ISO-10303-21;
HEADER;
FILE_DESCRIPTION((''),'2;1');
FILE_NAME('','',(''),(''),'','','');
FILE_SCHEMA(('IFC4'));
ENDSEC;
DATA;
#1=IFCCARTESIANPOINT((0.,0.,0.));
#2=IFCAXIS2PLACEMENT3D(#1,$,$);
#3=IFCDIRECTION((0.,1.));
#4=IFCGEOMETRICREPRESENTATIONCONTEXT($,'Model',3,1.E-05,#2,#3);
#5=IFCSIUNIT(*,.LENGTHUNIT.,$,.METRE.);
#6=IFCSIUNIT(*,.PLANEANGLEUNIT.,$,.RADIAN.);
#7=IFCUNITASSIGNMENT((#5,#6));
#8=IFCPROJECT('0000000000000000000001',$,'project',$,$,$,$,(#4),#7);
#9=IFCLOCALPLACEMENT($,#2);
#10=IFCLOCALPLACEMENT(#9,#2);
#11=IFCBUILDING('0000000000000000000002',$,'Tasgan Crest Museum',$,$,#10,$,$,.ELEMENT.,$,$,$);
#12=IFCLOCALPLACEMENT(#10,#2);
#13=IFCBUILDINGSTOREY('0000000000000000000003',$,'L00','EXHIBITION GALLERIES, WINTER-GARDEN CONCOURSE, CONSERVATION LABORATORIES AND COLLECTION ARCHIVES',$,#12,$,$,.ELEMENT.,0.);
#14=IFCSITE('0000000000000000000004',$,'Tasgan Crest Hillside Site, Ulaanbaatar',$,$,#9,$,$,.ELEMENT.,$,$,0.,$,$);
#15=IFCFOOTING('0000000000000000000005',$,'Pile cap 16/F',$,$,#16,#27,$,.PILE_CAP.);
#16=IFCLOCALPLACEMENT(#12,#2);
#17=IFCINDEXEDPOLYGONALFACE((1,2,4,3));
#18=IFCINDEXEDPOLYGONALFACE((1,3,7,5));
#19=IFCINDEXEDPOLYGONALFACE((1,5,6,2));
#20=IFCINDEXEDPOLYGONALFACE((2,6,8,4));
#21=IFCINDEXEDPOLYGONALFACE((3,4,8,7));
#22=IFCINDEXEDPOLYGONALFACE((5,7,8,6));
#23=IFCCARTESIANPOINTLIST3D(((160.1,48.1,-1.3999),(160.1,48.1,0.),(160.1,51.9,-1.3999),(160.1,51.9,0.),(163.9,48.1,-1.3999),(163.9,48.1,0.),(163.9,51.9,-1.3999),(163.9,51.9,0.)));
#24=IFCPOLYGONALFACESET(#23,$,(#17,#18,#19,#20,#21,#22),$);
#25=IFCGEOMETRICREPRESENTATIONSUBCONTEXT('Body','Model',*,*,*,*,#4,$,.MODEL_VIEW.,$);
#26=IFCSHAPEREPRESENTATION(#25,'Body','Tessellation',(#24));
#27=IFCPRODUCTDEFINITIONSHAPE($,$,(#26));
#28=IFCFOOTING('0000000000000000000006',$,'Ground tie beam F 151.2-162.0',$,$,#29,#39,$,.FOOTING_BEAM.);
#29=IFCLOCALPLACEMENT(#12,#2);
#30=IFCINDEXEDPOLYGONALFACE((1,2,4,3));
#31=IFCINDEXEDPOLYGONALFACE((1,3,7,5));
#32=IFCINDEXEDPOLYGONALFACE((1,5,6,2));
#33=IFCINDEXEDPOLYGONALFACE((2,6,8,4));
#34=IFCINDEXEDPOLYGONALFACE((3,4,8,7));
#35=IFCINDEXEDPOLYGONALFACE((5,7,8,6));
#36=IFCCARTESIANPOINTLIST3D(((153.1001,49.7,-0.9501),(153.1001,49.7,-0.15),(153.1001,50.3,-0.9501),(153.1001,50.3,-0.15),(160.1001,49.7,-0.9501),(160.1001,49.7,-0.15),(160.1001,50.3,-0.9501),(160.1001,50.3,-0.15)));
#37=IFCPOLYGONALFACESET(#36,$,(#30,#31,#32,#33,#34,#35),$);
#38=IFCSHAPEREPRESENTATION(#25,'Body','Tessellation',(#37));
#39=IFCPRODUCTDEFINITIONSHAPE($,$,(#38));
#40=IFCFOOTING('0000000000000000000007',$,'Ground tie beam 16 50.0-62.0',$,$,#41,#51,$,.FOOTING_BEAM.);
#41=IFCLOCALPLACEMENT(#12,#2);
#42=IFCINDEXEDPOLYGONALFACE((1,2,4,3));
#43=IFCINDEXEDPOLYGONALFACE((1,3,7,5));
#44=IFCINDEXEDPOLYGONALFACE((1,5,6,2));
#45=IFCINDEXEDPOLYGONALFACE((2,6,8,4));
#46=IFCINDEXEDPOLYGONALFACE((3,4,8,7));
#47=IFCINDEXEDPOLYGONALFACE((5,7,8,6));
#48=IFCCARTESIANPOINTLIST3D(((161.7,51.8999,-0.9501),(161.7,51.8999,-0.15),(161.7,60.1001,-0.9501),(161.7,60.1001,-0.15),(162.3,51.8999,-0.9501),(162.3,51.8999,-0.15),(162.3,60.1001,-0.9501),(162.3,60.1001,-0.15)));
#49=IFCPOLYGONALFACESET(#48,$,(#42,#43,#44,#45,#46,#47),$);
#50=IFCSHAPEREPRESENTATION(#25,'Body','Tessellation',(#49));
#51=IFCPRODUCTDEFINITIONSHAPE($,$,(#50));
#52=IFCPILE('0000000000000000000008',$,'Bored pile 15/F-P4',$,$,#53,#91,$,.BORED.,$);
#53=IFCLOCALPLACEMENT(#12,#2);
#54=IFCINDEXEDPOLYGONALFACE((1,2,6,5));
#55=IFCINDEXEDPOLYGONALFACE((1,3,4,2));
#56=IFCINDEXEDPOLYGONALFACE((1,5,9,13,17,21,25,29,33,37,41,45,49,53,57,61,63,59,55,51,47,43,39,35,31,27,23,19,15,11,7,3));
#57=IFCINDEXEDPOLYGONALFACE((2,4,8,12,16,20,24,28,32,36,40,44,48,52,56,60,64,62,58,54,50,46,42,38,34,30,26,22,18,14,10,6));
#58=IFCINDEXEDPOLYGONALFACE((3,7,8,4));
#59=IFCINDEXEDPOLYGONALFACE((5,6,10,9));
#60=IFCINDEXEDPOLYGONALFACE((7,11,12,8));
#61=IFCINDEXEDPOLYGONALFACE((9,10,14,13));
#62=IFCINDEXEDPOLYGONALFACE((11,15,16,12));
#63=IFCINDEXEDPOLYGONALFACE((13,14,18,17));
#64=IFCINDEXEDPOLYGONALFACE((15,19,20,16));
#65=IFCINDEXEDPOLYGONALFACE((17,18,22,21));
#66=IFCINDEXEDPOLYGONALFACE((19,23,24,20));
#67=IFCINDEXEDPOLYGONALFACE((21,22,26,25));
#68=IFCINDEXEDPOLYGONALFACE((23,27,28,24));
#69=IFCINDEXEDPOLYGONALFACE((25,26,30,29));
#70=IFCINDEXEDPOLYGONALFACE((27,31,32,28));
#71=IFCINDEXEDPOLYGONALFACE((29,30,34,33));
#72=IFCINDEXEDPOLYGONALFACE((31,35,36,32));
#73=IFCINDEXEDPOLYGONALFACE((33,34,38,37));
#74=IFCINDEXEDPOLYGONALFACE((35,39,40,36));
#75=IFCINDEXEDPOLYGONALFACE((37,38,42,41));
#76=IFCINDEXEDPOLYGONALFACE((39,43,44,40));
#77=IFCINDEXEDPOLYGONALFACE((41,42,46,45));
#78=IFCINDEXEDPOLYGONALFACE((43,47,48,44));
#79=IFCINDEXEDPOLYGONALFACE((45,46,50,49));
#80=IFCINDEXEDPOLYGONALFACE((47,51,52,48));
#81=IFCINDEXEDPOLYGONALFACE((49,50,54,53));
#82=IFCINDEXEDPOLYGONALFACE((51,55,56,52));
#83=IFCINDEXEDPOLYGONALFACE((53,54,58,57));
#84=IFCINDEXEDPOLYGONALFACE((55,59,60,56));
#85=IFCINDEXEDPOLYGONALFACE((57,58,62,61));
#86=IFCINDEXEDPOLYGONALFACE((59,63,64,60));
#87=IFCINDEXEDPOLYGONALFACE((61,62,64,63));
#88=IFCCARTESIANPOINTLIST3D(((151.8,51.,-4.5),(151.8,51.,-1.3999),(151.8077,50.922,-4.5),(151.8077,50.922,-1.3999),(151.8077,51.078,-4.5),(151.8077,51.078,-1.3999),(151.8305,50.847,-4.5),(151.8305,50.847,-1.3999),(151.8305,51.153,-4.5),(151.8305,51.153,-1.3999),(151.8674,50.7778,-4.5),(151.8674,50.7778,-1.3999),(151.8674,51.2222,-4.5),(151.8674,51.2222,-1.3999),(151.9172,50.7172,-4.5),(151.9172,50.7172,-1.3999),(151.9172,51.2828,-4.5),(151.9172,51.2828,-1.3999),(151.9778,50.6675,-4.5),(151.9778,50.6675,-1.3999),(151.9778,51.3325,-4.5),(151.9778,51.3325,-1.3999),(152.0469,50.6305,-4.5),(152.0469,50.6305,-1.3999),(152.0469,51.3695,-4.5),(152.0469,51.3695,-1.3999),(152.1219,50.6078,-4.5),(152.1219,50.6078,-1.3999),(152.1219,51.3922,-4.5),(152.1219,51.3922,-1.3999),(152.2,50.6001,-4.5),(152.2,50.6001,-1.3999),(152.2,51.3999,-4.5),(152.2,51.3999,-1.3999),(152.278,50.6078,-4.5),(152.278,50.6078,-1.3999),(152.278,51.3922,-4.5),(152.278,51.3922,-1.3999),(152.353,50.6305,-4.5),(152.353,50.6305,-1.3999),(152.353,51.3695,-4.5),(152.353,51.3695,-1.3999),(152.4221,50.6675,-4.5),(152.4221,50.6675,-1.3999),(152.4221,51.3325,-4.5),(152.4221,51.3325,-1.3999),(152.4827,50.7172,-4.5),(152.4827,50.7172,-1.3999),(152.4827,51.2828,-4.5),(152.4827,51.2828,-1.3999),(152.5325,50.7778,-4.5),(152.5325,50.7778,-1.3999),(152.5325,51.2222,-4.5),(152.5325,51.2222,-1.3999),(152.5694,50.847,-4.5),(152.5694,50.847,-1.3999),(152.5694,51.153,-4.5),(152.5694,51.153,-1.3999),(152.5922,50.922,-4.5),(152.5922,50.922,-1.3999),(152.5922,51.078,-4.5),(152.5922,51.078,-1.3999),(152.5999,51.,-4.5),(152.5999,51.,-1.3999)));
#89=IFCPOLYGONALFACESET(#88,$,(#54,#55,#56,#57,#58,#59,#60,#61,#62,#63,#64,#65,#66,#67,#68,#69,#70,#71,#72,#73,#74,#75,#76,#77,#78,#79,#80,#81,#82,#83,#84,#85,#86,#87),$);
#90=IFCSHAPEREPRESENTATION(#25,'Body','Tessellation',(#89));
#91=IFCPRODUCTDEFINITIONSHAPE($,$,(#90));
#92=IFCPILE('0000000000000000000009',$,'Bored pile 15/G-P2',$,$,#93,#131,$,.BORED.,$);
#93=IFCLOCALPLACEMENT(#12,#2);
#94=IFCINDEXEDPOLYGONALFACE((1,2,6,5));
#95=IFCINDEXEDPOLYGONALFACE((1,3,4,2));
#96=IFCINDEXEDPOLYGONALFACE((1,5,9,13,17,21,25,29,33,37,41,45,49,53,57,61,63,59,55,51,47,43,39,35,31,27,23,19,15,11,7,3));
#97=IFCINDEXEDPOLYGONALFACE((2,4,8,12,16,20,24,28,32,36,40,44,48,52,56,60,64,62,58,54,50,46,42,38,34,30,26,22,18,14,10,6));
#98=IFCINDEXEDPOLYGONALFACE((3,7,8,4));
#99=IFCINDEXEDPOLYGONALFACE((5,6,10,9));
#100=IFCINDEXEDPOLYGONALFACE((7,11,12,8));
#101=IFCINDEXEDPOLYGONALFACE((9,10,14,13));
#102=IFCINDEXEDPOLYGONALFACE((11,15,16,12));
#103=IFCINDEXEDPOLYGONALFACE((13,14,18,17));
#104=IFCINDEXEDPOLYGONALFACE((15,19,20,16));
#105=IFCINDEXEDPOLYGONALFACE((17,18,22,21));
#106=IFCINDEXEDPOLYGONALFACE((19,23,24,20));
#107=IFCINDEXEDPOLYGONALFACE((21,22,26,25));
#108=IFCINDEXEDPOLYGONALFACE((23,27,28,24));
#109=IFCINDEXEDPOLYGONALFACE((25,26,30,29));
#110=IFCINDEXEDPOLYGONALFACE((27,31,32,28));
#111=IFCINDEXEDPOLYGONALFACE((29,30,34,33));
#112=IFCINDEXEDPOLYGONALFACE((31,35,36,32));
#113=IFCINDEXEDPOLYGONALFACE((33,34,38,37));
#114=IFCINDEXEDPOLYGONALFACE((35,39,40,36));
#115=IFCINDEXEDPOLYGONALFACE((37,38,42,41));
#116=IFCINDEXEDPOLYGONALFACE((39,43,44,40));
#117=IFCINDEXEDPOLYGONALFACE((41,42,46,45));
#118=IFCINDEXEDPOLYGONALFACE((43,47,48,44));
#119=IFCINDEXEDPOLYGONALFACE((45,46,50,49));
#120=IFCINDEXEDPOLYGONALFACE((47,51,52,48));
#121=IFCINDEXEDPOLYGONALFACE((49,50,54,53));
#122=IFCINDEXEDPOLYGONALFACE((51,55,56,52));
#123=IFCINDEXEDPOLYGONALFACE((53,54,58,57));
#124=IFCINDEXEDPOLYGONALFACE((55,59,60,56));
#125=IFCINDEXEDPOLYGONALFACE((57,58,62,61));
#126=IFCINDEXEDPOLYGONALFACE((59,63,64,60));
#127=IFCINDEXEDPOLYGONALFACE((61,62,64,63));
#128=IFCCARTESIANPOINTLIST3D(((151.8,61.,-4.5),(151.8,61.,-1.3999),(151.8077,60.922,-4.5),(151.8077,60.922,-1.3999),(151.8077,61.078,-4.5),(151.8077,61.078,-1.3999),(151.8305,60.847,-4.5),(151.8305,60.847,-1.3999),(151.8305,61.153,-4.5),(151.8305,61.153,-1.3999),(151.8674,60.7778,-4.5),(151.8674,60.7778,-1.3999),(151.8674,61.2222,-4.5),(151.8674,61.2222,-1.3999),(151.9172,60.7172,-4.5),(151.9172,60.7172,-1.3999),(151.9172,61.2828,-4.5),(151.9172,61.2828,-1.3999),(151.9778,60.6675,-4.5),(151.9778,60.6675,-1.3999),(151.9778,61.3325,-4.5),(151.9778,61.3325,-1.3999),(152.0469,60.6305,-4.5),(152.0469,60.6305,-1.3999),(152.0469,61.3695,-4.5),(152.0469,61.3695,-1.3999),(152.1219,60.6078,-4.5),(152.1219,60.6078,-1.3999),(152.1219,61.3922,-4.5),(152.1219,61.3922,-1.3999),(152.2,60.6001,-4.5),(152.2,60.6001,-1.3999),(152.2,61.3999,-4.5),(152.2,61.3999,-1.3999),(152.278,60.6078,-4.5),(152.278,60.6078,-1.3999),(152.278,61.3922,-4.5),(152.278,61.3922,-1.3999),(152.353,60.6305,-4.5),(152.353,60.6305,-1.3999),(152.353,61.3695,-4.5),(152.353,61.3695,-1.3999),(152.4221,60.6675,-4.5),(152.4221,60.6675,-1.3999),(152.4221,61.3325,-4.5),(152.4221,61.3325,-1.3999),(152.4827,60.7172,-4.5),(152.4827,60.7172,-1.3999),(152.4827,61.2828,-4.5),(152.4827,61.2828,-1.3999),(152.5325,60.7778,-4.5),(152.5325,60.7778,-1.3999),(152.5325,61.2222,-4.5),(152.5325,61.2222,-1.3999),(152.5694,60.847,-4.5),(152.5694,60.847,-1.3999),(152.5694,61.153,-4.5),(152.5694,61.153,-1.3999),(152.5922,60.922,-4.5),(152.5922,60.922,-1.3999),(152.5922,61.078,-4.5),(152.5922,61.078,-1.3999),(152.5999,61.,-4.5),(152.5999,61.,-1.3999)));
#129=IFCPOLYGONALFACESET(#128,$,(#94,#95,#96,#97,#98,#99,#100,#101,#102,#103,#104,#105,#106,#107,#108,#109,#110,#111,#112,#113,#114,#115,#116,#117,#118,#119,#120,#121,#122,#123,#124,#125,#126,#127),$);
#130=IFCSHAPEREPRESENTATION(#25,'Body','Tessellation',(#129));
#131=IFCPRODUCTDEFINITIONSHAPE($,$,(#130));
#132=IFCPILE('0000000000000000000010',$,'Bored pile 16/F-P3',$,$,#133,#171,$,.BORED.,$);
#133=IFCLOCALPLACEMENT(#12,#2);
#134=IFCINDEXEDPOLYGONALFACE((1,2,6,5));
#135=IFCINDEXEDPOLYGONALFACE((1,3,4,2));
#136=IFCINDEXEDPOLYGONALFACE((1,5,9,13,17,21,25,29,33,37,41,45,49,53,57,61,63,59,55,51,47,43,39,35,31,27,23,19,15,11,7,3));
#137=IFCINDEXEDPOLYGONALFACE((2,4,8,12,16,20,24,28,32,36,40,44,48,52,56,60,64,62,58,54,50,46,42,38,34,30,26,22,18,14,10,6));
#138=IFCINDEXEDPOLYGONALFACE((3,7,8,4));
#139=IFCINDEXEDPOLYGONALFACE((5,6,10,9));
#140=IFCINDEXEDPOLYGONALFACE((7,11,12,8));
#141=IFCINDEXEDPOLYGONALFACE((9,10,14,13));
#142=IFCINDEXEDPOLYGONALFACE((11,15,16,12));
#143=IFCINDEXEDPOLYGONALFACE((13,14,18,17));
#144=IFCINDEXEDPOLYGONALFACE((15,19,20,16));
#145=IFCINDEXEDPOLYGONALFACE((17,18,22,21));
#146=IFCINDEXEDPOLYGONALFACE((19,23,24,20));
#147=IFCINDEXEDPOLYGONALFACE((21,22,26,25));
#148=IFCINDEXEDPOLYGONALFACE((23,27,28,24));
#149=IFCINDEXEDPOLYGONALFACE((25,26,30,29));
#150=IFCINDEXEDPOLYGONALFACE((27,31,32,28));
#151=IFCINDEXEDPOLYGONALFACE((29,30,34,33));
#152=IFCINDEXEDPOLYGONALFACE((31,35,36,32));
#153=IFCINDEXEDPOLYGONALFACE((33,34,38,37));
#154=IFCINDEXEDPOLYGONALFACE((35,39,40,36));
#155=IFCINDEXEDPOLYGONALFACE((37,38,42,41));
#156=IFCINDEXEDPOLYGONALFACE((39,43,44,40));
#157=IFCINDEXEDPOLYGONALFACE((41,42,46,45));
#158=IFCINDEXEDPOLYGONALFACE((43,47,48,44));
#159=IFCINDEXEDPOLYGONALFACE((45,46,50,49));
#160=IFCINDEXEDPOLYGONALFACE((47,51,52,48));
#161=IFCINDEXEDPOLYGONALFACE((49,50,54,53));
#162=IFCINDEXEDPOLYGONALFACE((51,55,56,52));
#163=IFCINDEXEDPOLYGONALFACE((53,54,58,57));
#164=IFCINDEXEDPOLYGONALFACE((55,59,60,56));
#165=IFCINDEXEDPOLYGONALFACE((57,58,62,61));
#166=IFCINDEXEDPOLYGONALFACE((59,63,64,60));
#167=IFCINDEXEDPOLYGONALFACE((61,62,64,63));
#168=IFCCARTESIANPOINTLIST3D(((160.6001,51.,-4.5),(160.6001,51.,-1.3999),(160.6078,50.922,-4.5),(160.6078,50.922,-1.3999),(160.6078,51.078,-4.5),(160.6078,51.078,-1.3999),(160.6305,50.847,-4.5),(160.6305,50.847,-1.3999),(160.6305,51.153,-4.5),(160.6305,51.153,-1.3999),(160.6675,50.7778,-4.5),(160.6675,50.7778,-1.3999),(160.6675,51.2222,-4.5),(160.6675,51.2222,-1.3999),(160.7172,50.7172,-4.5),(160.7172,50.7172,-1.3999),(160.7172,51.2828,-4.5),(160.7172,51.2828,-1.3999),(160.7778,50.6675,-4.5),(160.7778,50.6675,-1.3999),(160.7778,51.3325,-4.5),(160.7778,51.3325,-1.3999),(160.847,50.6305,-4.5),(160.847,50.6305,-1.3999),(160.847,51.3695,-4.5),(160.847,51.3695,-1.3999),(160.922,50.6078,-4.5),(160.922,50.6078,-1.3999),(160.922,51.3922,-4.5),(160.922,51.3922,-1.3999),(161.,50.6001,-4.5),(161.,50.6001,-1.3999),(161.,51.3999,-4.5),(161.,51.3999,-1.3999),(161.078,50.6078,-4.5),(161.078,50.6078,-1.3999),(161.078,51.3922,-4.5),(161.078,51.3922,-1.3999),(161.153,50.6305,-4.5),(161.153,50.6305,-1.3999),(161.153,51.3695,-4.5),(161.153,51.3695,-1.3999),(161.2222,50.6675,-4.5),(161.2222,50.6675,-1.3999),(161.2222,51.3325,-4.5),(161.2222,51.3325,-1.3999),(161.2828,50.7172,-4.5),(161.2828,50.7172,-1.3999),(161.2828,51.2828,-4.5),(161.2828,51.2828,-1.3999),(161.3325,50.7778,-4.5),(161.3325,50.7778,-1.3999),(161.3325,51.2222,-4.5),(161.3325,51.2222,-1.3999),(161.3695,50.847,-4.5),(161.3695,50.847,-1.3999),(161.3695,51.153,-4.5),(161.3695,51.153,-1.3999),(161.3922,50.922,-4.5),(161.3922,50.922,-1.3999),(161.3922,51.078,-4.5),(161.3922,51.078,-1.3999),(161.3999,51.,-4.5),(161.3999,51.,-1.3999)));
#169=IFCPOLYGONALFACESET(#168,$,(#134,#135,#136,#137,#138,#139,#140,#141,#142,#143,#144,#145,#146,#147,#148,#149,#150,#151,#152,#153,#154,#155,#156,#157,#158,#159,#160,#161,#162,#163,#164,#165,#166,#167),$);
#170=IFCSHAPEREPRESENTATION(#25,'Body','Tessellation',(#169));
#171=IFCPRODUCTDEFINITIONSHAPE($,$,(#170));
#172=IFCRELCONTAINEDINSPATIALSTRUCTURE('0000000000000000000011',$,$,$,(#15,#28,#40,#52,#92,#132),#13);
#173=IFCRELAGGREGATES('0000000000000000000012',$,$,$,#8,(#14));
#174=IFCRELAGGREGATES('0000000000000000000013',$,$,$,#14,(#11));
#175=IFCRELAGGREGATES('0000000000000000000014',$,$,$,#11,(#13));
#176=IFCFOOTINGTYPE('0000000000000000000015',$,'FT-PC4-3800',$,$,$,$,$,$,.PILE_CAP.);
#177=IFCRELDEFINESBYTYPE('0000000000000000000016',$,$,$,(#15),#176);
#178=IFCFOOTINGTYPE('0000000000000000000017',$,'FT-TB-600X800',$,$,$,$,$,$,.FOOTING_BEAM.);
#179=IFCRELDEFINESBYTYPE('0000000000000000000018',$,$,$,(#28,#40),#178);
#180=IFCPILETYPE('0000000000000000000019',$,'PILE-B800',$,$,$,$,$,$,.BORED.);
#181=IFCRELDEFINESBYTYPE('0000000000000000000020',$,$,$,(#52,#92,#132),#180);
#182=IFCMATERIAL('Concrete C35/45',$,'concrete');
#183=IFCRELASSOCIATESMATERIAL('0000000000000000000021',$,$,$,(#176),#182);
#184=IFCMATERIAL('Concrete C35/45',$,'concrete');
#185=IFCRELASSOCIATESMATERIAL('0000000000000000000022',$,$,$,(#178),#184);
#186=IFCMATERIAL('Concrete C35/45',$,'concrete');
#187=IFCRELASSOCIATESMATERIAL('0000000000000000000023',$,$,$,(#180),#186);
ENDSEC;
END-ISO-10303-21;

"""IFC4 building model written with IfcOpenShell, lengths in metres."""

from ifc_helpers import new_model, si_unit, direction, frame, origin, origin_2d, place, context, subcontext, project, spatial, rectangle, circle, extrude, material, material_profile, profile_set, type_object, element, save


model = new_model("IFC4")

# Units and contexts
model_context = context("Model", 3, precision=1e-05, world=origin(), true_north=direction((0.0, 1.0)))
body_context = subcontext(model_context, "Body", "Model", "MODEL_VIEW")
ifc_project = project(units=[si_unit("LENGTHUNIT", "METRE"), si_unit("PLANEANGLEUNIT", "RADIAN")], contexts=[model_context])

# Site, building, storey
site_placement = place(None, origin())
site = spatial("IfcSite", under=ifc_project, at=site_placement, Name="Tasgan Crest Hillside Site, Ulaanbaatar", CompositionType="ELEMENT", RefElevation=0.0)
building_placement = place(site_placement, origin())
building = spatial("IfcBuilding", under=site, at=building_placement, Name="Tasgan Crest Museum", CompositionType="ELEMENT")
storey_placement = place(building_placement, origin())
storey = spatial("IfcBuildingStorey", under=building, at=storey_placement, Name="L00", Description="EXHIBITION GALLERIES, WINTER-GARDEN CONCOURSE, CONSERVATION LABORATORIES AND COLLECTION ARCHIVES", CompositionType="ELEMENT", Elevation=0.0)

# Footings
ifc_material_1 = material(Name="Concrete C35/45", Category="concrete")
footing_type_1 = type_object("IfcFootingType", Name="FT-PC4-3800", PredefinedType="PILE_CAP", material=ifc_material_1)
footing_1_placement = place(storey_placement, frame((162.0, 50.0, -1.3999), z_axis=(0.0, 0.0, 1.0), x_axis=(1.0, 0.0, 0.0)))
element("IfcFooting", 1, at=footing_1_placement, inside=storey, type_object=footing_type_1, Name="Pile cap 16/F", PredefinedType="PILE_CAP", context=body_context, shape_type="SweptSolid", body=[
    extrude(rectangle(XDim=3.8, YDim=3.8, at=origin_2d()), origin(), (0.0, 0.0, 1.0), 1.3999),
])
ifc_material_2 = material(Name="Concrete C35/45", Category="concrete")
ifc_material_profile_1 = material_profile(ifc_material_2, rectangle(XDim=0.6001, YDim=0.8, at=origin_2d()), Name="TB 600x800")
ifc_profile_set_1 = profile_set([ifc_material_profile_1], Name="Concrete C35/45")
footing_type_2 = type_object("IfcFootingType", Name="FT-TB-600X800", PredefinedType="FOOTING_BEAM", material=ifc_profile_set_1)
footing_2_placement = place(storey_placement, frame((153.1001, 50.0, -0.55), z_axis=(1.0, 0.0, 0.0), x_axis=(0.0, 1.0, 0.0)))
element("IfcFooting", 2, at=footing_2_placement, inside=storey, type_object=footing_type_2, Name="Ground tie beam F 151.2-162.0", PredefinedType="FOOTING_BEAM", context=body_context, shape_type="SweptSolid", body=[
    extrude(rectangle(XDim=0.6001, YDim=0.8, at=origin_2d()), origin(), (0.0, 0.0, 1.0), 7.0),
])
footing_3_placement = place(storey_placement, frame((162.0, 51.8999, -0.55), z_axis=(0.0, 1.0, 0.0), x_axis=(-1.0, 0.0, 0.0)))
element("IfcFooting", 3, at=footing_3_placement, inside=storey, type_object=footing_type_2, Name="Ground tie beam 16 50.0-62.0", PredefinedType="FOOTING_BEAM", context=body_context, shape_type="SweptSolid", body=[
    extrude(rectangle(XDim=0.6001, YDim=0.8, at=origin_2d()), origin(), (0.0, 0.0, 1.0), 8.2002),
])

# Piles
ifc_material_3 = material(Name="Concrete C35/45", Category="concrete")
ifc_material_profile_2 = material_profile(ifc_material_3, circle(Radius=0.3999, at=origin_2d()), Name="PILE D800")
ifc_profile_set_2 = profile_set([ifc_material_profile_2], Name="Concrete C35/45")
pile_type = type_object("IfcPileType", Name="PILE-B800", PredefinedType="BORED", material=ifc_profile_set_2)
for number, where, z_axis, x_axis, name in (
    (4, (152.2, 51.0, -1.3999), (0.0, 0.0, -1.0), (1.0, 0.0, 0.0), "Bored pile 15/F-P4"),
    (5, (152.2, 61.0, -1.3999), (0.0, 0.0, -1.0), (1.0, 0.0, 0.0), "Bored pile 15/G-P2"),
    (6, (161.0, 51.0, -1.3999), (0.0, 0.0, -1.0), (1.0, 0.0, 0.0), "Bored pile 16/F-P3"),
):
    element("IfcPile", number, at=place(storey_placement, frame(where, z_axis=z_axis, x_axis=x_axis)), inside=storey, type_object=pile_type, Name=name, PredefinedType="BORED", context=body_context, shape_type="SweptSolid", body=[
        extrude(circle(Radius=0.3999, at=origin_2d()), origin(), (0.0, 0.0, 1.0), 3.1001),
    ])

save(model, "model.ifc")
